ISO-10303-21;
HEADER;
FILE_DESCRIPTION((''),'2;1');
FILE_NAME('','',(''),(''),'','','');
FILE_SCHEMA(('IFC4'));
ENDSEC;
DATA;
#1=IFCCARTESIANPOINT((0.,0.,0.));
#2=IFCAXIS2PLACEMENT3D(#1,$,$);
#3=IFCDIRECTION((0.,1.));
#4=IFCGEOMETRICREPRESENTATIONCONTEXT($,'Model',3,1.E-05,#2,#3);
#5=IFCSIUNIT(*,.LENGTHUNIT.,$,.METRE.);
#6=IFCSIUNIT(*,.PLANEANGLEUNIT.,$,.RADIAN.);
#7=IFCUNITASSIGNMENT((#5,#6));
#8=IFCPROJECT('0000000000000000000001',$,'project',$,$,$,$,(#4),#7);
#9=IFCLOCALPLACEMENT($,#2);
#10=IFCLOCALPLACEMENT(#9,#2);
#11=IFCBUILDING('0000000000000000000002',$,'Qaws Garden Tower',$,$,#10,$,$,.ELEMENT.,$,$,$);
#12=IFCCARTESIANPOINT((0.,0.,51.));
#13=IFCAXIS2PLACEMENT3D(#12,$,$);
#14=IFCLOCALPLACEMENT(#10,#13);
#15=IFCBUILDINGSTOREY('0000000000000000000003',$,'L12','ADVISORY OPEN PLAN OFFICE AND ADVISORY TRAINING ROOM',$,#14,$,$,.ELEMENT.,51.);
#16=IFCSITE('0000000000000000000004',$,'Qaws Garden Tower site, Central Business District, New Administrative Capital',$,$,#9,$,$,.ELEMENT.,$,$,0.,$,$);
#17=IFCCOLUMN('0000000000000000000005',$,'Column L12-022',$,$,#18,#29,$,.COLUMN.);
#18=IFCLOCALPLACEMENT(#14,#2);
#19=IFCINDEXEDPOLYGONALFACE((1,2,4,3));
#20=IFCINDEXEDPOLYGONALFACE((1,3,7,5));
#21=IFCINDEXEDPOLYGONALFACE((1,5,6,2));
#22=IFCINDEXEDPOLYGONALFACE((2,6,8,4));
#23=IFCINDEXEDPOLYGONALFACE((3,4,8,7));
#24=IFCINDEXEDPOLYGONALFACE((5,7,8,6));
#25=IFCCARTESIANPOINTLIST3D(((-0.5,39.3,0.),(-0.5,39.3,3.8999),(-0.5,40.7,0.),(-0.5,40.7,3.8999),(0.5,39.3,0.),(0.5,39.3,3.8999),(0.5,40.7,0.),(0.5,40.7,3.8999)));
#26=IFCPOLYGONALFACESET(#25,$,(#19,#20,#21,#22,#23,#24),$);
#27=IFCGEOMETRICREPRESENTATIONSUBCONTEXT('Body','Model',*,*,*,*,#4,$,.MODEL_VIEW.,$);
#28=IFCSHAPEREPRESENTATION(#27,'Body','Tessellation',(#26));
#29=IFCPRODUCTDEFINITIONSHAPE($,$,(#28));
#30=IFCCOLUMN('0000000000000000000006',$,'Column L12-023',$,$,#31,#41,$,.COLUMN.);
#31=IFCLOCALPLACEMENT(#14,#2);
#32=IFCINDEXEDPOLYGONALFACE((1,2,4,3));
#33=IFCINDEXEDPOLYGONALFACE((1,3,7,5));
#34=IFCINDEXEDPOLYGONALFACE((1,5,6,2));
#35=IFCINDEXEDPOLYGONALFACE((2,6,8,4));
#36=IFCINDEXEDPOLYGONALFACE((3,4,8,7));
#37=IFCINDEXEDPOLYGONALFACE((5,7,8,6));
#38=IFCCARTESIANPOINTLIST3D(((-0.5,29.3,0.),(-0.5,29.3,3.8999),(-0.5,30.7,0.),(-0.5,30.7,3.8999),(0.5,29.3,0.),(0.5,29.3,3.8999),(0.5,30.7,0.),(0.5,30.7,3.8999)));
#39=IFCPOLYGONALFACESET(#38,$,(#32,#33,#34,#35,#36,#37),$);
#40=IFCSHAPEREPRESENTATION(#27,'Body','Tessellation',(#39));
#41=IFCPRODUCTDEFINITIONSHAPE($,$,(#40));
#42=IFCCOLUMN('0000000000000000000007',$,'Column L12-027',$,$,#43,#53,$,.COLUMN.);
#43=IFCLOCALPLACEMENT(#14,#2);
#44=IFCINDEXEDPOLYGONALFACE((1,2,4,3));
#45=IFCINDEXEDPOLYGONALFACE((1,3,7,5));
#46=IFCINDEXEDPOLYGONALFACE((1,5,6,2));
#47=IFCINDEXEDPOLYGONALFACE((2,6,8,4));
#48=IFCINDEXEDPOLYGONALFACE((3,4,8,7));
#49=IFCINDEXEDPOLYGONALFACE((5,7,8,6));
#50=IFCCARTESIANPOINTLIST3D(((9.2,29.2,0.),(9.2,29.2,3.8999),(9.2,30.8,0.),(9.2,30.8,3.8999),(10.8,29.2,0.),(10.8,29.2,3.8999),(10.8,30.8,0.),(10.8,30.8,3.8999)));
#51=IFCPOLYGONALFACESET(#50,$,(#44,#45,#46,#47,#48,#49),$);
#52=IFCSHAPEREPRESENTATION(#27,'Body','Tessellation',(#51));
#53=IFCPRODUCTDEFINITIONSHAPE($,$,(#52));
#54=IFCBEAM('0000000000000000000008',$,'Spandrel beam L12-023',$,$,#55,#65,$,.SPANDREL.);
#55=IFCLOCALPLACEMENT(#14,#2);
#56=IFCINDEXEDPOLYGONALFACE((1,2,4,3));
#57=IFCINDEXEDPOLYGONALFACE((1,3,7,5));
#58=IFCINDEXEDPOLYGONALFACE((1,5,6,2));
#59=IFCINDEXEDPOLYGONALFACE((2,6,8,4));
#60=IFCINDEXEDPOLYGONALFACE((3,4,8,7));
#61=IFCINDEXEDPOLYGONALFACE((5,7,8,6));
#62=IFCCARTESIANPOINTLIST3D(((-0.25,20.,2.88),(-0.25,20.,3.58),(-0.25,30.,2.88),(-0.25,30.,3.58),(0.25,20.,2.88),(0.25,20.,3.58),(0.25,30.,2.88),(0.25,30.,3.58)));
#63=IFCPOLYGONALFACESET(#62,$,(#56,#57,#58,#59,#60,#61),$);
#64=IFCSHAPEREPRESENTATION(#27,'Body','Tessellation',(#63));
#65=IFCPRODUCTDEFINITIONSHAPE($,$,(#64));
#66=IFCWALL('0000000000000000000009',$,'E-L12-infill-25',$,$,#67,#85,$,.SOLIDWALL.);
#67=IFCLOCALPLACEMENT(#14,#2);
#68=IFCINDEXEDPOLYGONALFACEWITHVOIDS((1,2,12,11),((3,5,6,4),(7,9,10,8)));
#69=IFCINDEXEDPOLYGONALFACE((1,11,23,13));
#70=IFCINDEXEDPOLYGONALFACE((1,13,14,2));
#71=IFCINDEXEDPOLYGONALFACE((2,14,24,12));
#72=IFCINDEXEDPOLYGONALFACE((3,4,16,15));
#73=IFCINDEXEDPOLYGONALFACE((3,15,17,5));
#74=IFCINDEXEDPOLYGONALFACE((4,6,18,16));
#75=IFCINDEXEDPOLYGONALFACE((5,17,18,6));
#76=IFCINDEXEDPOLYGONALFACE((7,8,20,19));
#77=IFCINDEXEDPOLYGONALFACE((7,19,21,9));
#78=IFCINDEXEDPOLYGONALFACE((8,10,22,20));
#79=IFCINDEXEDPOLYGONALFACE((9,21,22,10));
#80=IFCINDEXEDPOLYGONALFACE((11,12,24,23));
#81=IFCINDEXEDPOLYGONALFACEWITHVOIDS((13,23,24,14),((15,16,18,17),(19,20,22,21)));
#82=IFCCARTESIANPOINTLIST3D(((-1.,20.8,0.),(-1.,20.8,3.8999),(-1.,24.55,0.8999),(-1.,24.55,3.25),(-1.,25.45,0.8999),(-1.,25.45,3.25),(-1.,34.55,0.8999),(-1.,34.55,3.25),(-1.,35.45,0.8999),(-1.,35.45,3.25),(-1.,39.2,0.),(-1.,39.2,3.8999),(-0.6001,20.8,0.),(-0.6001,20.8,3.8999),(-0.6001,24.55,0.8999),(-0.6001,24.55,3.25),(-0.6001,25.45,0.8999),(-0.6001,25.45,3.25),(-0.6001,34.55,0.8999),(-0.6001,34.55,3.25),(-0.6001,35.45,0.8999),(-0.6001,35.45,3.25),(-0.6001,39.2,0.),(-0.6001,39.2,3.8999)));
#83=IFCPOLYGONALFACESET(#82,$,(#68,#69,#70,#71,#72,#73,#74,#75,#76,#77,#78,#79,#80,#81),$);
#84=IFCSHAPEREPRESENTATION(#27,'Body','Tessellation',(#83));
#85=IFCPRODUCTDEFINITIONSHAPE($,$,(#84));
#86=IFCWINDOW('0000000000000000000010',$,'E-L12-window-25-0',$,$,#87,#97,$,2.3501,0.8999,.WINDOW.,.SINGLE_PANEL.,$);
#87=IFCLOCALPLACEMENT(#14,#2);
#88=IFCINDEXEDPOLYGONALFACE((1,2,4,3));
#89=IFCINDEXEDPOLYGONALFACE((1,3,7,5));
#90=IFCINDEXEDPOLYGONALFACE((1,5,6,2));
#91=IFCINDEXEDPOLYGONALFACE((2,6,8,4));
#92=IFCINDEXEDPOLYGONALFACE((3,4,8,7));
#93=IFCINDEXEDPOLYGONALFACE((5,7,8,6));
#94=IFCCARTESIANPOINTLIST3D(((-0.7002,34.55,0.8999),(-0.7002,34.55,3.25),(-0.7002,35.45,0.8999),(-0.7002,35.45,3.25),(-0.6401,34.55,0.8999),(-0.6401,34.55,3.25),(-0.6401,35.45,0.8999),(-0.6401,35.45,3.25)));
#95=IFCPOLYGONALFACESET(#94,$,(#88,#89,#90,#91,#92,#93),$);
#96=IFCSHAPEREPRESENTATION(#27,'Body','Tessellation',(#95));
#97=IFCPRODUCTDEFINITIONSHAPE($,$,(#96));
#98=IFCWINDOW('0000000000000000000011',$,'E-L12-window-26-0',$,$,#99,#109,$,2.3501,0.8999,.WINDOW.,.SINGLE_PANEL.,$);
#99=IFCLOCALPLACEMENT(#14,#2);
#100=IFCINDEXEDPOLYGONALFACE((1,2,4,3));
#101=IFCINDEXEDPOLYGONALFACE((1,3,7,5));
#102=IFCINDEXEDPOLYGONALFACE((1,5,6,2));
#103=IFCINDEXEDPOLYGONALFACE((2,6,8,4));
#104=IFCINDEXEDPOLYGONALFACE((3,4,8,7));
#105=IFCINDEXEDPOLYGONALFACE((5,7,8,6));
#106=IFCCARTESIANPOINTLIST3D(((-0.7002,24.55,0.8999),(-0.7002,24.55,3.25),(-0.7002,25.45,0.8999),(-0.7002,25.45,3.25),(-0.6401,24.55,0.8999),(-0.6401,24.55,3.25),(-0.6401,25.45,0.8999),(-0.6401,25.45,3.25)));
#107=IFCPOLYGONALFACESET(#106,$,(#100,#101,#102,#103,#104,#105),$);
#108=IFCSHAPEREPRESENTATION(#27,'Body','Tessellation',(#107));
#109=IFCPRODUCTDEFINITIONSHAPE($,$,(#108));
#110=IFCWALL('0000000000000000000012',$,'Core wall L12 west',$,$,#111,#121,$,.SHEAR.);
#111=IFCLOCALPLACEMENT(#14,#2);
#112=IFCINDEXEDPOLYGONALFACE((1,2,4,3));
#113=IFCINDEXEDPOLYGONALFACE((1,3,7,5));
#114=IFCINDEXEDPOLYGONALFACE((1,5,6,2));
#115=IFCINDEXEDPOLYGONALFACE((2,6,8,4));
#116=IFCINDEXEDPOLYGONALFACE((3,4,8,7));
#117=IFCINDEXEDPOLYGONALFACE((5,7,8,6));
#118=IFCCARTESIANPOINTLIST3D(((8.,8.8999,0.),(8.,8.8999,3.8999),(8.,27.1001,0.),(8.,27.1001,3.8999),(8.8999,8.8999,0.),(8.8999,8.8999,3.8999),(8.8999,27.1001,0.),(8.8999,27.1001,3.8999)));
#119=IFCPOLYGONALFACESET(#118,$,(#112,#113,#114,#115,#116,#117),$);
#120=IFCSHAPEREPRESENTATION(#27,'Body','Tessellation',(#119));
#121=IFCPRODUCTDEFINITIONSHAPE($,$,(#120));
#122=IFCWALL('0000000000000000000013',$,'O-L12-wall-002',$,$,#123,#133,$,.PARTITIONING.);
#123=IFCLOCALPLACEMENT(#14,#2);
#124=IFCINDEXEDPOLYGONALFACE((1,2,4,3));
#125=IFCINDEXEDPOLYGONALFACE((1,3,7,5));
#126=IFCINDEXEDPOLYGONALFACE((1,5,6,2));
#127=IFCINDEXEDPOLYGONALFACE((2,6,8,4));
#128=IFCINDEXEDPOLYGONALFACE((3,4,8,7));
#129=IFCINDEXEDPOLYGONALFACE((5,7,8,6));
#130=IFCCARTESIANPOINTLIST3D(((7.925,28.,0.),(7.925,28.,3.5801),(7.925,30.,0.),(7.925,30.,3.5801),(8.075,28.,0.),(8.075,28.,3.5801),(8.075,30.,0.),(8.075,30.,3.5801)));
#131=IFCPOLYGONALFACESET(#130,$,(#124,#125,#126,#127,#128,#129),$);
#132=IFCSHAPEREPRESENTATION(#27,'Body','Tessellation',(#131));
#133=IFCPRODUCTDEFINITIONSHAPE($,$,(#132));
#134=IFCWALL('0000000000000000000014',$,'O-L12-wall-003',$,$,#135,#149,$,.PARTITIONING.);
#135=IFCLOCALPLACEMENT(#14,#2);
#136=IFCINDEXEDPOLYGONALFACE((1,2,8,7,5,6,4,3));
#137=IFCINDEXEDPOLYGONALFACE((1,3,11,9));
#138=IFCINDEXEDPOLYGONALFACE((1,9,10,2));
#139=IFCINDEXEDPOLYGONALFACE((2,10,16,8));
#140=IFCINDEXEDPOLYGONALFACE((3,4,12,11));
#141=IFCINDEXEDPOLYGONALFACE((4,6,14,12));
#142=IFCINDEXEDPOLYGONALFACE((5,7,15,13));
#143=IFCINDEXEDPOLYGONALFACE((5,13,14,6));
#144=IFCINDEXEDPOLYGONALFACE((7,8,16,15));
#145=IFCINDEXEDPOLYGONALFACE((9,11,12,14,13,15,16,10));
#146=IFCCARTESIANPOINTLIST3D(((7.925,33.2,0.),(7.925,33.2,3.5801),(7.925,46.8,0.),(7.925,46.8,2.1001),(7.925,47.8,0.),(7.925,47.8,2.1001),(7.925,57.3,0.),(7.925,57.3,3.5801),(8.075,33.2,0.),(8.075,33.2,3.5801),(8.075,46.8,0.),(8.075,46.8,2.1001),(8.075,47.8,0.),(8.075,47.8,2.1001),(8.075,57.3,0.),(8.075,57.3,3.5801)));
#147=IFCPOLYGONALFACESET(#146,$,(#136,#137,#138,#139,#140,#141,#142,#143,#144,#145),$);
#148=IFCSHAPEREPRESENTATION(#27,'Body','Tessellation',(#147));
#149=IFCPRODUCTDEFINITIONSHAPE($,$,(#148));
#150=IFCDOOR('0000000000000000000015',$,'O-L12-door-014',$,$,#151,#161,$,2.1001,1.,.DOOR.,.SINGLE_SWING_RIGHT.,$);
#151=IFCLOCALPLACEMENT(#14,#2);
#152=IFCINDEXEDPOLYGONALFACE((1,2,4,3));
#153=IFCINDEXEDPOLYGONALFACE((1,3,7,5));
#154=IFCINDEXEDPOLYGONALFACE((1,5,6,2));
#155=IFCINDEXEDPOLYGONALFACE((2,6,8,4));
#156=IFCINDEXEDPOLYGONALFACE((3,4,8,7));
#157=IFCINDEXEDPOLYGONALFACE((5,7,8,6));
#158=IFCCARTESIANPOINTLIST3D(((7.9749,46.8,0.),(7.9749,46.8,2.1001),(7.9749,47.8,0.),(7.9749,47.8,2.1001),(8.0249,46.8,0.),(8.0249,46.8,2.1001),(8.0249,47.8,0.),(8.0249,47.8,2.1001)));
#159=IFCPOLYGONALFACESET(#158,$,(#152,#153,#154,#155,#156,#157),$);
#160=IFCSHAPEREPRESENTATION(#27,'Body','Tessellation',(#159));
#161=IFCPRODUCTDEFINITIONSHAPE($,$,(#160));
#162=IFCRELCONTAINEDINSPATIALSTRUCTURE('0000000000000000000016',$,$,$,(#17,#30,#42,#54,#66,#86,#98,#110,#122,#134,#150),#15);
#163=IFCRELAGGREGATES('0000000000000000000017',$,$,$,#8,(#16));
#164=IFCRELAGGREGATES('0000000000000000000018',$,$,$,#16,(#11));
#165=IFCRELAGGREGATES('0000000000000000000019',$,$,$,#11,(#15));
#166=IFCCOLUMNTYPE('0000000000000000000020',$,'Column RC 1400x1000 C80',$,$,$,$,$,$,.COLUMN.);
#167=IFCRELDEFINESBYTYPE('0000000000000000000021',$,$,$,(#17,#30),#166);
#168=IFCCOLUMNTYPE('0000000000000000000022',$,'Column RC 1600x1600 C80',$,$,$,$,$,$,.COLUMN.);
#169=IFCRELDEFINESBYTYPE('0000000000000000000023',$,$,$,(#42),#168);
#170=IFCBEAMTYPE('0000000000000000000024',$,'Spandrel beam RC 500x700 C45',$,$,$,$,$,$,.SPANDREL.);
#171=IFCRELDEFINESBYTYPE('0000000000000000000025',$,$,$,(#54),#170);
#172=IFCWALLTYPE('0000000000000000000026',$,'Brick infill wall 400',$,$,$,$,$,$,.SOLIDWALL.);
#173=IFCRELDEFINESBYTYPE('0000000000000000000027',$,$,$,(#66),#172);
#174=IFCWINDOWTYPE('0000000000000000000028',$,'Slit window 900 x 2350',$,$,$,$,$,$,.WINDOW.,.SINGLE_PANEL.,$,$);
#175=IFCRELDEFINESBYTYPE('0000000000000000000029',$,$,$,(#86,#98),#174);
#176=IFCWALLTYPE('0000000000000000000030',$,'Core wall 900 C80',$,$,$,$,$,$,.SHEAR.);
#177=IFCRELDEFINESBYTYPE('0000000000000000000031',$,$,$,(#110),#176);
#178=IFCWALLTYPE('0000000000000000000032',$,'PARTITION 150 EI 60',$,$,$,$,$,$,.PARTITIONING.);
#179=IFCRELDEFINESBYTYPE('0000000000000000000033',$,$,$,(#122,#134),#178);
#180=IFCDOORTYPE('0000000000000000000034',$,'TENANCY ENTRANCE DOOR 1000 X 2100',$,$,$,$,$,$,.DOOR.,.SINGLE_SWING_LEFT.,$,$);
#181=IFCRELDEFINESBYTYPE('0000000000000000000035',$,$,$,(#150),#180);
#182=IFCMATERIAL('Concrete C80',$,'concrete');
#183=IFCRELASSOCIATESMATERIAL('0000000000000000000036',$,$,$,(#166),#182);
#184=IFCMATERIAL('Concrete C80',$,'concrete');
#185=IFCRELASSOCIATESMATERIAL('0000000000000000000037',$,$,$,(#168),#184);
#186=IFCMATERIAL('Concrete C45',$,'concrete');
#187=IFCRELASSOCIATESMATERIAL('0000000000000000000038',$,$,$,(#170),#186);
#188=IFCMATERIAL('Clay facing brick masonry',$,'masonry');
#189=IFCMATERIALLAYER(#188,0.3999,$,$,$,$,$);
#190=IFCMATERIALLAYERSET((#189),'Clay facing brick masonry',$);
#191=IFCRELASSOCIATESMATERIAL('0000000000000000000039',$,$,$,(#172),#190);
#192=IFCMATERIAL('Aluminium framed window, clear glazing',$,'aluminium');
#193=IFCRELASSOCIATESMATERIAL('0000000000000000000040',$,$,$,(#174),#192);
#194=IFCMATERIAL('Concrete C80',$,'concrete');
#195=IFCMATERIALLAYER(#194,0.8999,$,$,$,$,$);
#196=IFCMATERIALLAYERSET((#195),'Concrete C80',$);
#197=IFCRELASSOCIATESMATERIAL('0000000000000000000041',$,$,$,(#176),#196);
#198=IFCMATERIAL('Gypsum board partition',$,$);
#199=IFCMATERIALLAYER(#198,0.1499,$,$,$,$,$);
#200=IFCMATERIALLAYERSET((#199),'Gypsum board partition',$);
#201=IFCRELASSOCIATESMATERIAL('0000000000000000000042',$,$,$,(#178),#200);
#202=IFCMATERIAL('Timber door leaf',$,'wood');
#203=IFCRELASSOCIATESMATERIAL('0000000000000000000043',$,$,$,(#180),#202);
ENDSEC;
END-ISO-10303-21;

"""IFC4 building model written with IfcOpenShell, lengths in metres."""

from ifc_helpers import new_model, si_unit, direction, frame, frame_2d, origin, origin_2d, place, context, subcontext, project, spatial, rectangle, extrude, material, layer, layer_set, material_profile, profile_set, type_object, element, fill, save


model = new_model("IFC4")

# Units and contexts
model_context = context("Model", 3, precision=1e-05, world=origin(), true_north=direction((0.0, 1.0)))
body_context = subcontext(model_context, "Body", "Model", "MODEL_VIEW")
ifc_project = project(units=[si_unit("LENGTHUNIT", "METRE"), si_unit("PLANEANGLEUNIT", "RADIAN")], contexts=[model_context])

# Site, building, storey
site_placement = place(None, origin())
site = spatial("IfcSite", under=ifc_project, at=site_placement, Name="Qaws Garden Tower site, Central Business District, New Administrative Capital", CompositionType="ELEMENT", RefElevation=0.0)
building_placement = place(site_placement, origin())
building = spatial("IfcBuilding", under=site, at=building_placement, Name="Qaws Garden Tower", CompositionType="ELEMENT")
storey_placement = place(building_placement, frame((0.0, 0.0, 51.0)))
storey = spatial("IfcBuildingStorey", under=building, at=storey_placement, Name="L12", Description="ADVISORY OPEN PLAN OFFICE AND ADVISORY TRAINING ROOM", CompositionType="ELEMENT", Elevation=51.0)

# Columns
ifc_material_1 = material(Name="Concrete C80", Category="concrete")
ifc_material_profile_1 = material_profile(ifc_material_1, rectangle(XDim=1.3999, YDim=1.0, at=origin_2d()), Name="RC 1400x1000")
ifc_profile_set_1 = profile_set([ifc_material_profile_1], Name="Concrete C80")
column_type_1 = type_object("IfcColumnType", Name="Column RC 1400x1000 C80", PredefinedType="COLUMN", material=ifc_profile_set_1)
for number, where, z_axis, x_axis, name in (
    (1, (0.0, 40.0, 0.0), (0.0, 0.0, 1.0), (0.0, 1.0, 0.0), "Column L12-022"),
    (2, (0.0, 30.0, 0.0), (0.0, 0.0, 1.0), (0.0, 1.0, 0.0), "Column L12-023"),
):
    element("IfcColumn", number, at=place(storey_placement, frame(where, z_axis=z_axis, x_axis=x_axis)), inside=storey, type_object=column_type_1, Name=name, PredefinedType="COLUMN", context=body_context, shape_type="SweptSolid", body=[
        extrude(rectangle(XDim=1.3999, YDim=1.0, at=origin_2d()), origin(), (0.0, 0.0, 1.0), 3.8999),
    ])
ifc_material_2 = material(Name="Concrete C80", Category="concrete")
ifc_material_profile_2 = material_profile(ifc_material_2, rectangle(XDim=1.6001, YDim=1.6001, at=origin_2d()), Name="RC 1600x1600")
ifc_profile_set_2 = profile_set([ifc_material_profile_2], Name="Concrete C80")
column_type_2 = type_object("IfcColumnType", Name="Column RC 1600x1600 C80", PredefinedType="COLUMN", material=ifc_profile_set_2)
column_placement = place(storey_placement, frame((10.0, 30.0, 0.0), z_axis=(0.0, 0.0, 1.0), x_axis=(1.0, 0.0, 0.0)))
element("IfcColumn", 3, at=column_placement, inside=storey, type_object=column_type_2, Name="Column L12-027", PredefinedType="COLUMN", context=body_context, shape_type="SweptSolid", body=[
    extrude(rectangle(XDim=1.6001, YDim=1.6001, at=origin_2d()), origin(), (0.0, 0.0, 1.0), 3.8999),
])

# Beam
ifc_material_3 = material(Name="Concrete C45", Category="concrete")
ifc_material_profile_3 = material_profile(ifc_material_3, rectangle(XDim=0.5, YDim=0.7, at=origin_2d()), Name="RC 500x700")
ifc_profile_set_3 = profile_set([ifc_material_profile_3], Name="Concrete C45")
beam_type = type_object("IfcBeamType", Name="Spandrel beam RC 500x700 C45", PredefinedType="SPANDREL", material=ifc_profile_set_3)
beam_placement = place(storey_placement, frame((0.0, 30.0, 3.23), z_axis=(0.0, -1.0, 0.0), x_axis=(1.0, 0.0, 0.0)))
element("IfcBeam", 4, at=beam_placement, inside=storey, type_object=beam_type, Name="Spandrel beam L12-023", PredefinedType="SPANDREL", context=body_context, shape_type="SweptSolid", body=[
    extrude(rectangle(XDim=0.5, YDim=0.7, at=origin_2d()), origin(), (0.0, 0.0, 1.0), 10.0),
])

# Wall, openings, windows
ifc_material_4 = material(Name="Clay facing brick masonry", Category="masonry")
ifc_layer_1 = layer(ifc_material_4, 0.3999)
ifc_layer_set_1 = layer_set([ifc_layer_1], Name="Clay facing brick masonry")
wall_type_1 = type_object("IfcWallType", Name="Brick infill wall 400", PredefinedType="SOLIDWALL", material=ifc_layer_set_1)
wall_1_placement = place(storey_placement, frame((-0.8, 39.2, 0.0), z_axis=(0.0, 0.0, 1.0), x_axis=(0.0, -1.0, 0.0)))
wall_1 = element("IfcWall", 5, at=wall_1_placement, inside=storey, type_object=wall_type_1, Name="E-L12-infill-25", PredefinedType="SOLIDWALL", context=body_context, shape_type="SweptSolid", body=[
    extrude(rectangle(XDim=18.3999, YDim=0.3999, at=frame_2d((9.2, 0.0))), origin(), (0.0, 0.0, 1.0), 3.8999),
])
opening_1_placement = place(wall_1_placement, frame((3.75, 0.0, 0.8999)))
opening_1 = element("IfcOpeningElement", 6, at=opening_1_placement, cuts=wall_1, PredefinedType="OPENING", context=body_context, shape_type="SweptSolid", body=[
    extrude(rectangle(XDim=0.8999, YDim=2.3501, at=frame_2d((0.45, 1.175))), frame((0.0, 0.21, 0.0), z_axis=(0.0, -1.0, 0.0), x_axis=(1.0, 0.0, 0.0)), (0.0, 0.0, 1.0), 0.4199),
])
opening_2_placement = place(wall_1_placement, frame((13.75, 0.0, 0.8999)))
opening_2 = element("IfcOpeningElement", 7, at=opening_2_placement, cuts=wall_1, PredefinedType="OPENING", context=body_context, shape_type="SweptSolid", body=[
    extrude(rectangle(XDim=0.8999, YDim=2.3501, at=frame_2d((0.45, 1.175))), frame((0.0, 0.21, 0.0), z_axis=(0.0, -1.0, 0.0), x_axis=(1.0, 0.0, 0.0)), (0.0, 0.0, 1.0), 0.4199),
])
ifc_material_5 = material(Name="Aluminium framed window, clear glazing", Category="aluminium")
window_type = type_object("IfcWindowType", Name="Slit window 900 x 2350", PartitioningType="SINGLE_PANEL", PredefinedType="WINDOW", material=ifc_material_5)
window_1_placement = place(opening_1_placement, origin())
window_1 = element("IfcWindow", 8, at=window_1_placement, inside=storey, type_object=window_type, Name="E-L12-window-25-0", OverallHeight=2.3501, OverallWidth=0.8999, PartitioningType="SINGLE_PANEL", PredefinedType="WINDOW", context=body_context, shape_type="SweptSolid", body=[
    extrude(rectangle(XDim=0.8999, YDim=2.3501, at=frame_2d((0.45, 1.175))), frame((0.0, 0.1599, 0.0), z_axis=(0.0, -1.0, 0.0), x_axis=(1.0, 0.0, 0.0)), (0.0, 0.0, 1.0), 0.0601),
])
fill(opening_1, window_1)
window_2_placement = place(opening_2_placement, origin())
window_2 = element("IfcWindow", 9, at=window_2_placement, inside=storey, type_object=window_type, Name="E-L12-window-26-0", OverallHeight=2.3501, OverallWidth=0.8999, PartitioningType="SINGLE_PANEL", PredefinedType="WINDOW", context=body_context, shape_type="SweptSolid", body=[
    extrude(rectangle(XDim=0.8999, YDim=2.3501, at=frame_2d((0.45, 1.175))), frame((0.0, 0.1599, 0.0), z_axis=(0.0, -1.0, 0.0), x_axis=(1.0, 0.0, 0.0)), (0.0, 0.0, 1.0), 0.0601),
])
fill(opening_2, window_2)

# Walls
ifc_material_6 = material(Name="Concrete C80", Category="concrete")
ifc_layer_2 = layer(ifc_material_6, 0.8999)
ifc_layer_set_2 = layer_set([ifc_layer_2], Name="Concrete C80")
wall_type_2 = type_object("IfcWallType", Name="Core wall 900 C80", PredefinedType="SHEAR", material=ifc_layer_set_2)
wall_2_placement = place(storey_placement, frame((8.45, 27.1001, 0.0), z_axis=(0.0, 0.0, 1.0), x_axis=(0.0, -1.0, 0.0)))
element("IfcWall", 10, at=wall_2_placement, inside=storey, type_object=wall_type_2, Name="Core wall L12 west", PredefinedType="SHEAR", context=body_context, shape_type="SweptSolid", body=[
    extrude(rectangle(XDim=18.2002, YDim=0.8999, at=frame_2d((9.1001, 0.0))), origin(), (0.0, 0.0, 1.0), 3.8999),
])
ifc_material_7 = material(Name="Gypsum board partition")
ifc_layer_3 = layer(ifc_material_7, 0.1499)
ifc_layer_set_3 = layer_set([ifc_layer_3], Name="Gypsum board partition")
wall_type_3 = type_object("IfcWallType", Name="PARTITION 150 EI 60", PredefinedType="PARTITIONING", material=ifc_layer_set_3)
wall_3_placement = place(storey_placement, frame((8.0, 28.0, 0.0), z_axis=(0.0, 0.0, 1.0), x_axis=(0.0, 1.0, 0.0)))
element("IfcWall", 11, at=wall_3_placement, inside=storey, type_object=wall_type_3, Name="O-L12-wall-002", PredefinedType="PARTITIONING", context=body_context, shape_type="SweptSolid", body=[
    extrude(rectangle(XDim=2.0, YDim=0.1499, at=frame_2d((1.0, 0.0))), origin(), (0.0, 0.0, 1.0), 3.5801),
])

# Wall, opening, door
wall_4_placement = place(storey_placement, frame((8.0, 33.2, 0.0), z_axis=(0.0, 0.0, 1.0), x_axis=(0.0, 1.0, 0.0)))
wall_4 = element("IfcWall", 12, at=wall_4_placement, inside=storey, type_object=wall_type_3, Name="O-L12-wall-003", PredefinedType="PARTITIONING", context=body_context, shape_type="SweptSolid", body=[
    extrude(rectangle(XDim=24.1001, YDim=0.1499, at=frame_2d((12.05, 0.0))), origin(), (0.0, 0.0, 1.0), 3.5801),
])
opening_3_placement = place(wall_4_placement, frame((13.6001, 0.0, 0.0)))
opening_3 = element("IfcOpeningElement", 13, at=opening_3_placement, cuts=wall_4, PredefinedType="OPENING", context=body_context, shape_type="SweptSolid", body=[
    extrude(rectangle(XDim=1.0, YDim=2.1001, at=frame_2d((0.5, 1.05))), frame((0.0, 0.085, 0.0), z_axis=(0.0, -1.0, 0.0), x_axis=(1.0, 0.0, 0.0)), (0.0, 0.0, 1.0), 0.1699),
])
ifc_material_8 = material(Name="Timber door leaf", Category="wood")
door_type_1 = type_object("IfcDoorType", Name="TENANCY ENTRANCE DOOR 1000 X 2100", OperationType="SINGLE_SWING_LEFT", PredefinedType="DOOR", material=ifc_material_8)
door_1_placement = place(opening_3_placement, frame((1.0, 0.0, 0.0), z_axis=(0.0, 0.0, 1.0), x_axis=(-1.0, 0.0, 0.0)))
door_1 = element("IfcDoor", 14, at=door_1_placement, inside=storey, type_object=door_type_1, Name="O-L12-door-014", OperationType="SINGLE_SWING_RIGHT", OverallHeight=2.1001, OverallWidth=1.0, PredefinedType="DOOR", context=body_context, shape_type="SweptSolid", body=[
    extrude(rectangle(XDim=1.0, YDim=2.1001, at=frame_2d((0.5, 1.05))), frame((0.0, 0.0249, 0.0), z_axis=(0.0, -1.0, 0.0), x_axis=(1.0, 0.0, 0.0)), (0.0, 0.0, 1.0), 0.05),
])
fill(opening_3, door_1)

save(model, "model.ifc")
